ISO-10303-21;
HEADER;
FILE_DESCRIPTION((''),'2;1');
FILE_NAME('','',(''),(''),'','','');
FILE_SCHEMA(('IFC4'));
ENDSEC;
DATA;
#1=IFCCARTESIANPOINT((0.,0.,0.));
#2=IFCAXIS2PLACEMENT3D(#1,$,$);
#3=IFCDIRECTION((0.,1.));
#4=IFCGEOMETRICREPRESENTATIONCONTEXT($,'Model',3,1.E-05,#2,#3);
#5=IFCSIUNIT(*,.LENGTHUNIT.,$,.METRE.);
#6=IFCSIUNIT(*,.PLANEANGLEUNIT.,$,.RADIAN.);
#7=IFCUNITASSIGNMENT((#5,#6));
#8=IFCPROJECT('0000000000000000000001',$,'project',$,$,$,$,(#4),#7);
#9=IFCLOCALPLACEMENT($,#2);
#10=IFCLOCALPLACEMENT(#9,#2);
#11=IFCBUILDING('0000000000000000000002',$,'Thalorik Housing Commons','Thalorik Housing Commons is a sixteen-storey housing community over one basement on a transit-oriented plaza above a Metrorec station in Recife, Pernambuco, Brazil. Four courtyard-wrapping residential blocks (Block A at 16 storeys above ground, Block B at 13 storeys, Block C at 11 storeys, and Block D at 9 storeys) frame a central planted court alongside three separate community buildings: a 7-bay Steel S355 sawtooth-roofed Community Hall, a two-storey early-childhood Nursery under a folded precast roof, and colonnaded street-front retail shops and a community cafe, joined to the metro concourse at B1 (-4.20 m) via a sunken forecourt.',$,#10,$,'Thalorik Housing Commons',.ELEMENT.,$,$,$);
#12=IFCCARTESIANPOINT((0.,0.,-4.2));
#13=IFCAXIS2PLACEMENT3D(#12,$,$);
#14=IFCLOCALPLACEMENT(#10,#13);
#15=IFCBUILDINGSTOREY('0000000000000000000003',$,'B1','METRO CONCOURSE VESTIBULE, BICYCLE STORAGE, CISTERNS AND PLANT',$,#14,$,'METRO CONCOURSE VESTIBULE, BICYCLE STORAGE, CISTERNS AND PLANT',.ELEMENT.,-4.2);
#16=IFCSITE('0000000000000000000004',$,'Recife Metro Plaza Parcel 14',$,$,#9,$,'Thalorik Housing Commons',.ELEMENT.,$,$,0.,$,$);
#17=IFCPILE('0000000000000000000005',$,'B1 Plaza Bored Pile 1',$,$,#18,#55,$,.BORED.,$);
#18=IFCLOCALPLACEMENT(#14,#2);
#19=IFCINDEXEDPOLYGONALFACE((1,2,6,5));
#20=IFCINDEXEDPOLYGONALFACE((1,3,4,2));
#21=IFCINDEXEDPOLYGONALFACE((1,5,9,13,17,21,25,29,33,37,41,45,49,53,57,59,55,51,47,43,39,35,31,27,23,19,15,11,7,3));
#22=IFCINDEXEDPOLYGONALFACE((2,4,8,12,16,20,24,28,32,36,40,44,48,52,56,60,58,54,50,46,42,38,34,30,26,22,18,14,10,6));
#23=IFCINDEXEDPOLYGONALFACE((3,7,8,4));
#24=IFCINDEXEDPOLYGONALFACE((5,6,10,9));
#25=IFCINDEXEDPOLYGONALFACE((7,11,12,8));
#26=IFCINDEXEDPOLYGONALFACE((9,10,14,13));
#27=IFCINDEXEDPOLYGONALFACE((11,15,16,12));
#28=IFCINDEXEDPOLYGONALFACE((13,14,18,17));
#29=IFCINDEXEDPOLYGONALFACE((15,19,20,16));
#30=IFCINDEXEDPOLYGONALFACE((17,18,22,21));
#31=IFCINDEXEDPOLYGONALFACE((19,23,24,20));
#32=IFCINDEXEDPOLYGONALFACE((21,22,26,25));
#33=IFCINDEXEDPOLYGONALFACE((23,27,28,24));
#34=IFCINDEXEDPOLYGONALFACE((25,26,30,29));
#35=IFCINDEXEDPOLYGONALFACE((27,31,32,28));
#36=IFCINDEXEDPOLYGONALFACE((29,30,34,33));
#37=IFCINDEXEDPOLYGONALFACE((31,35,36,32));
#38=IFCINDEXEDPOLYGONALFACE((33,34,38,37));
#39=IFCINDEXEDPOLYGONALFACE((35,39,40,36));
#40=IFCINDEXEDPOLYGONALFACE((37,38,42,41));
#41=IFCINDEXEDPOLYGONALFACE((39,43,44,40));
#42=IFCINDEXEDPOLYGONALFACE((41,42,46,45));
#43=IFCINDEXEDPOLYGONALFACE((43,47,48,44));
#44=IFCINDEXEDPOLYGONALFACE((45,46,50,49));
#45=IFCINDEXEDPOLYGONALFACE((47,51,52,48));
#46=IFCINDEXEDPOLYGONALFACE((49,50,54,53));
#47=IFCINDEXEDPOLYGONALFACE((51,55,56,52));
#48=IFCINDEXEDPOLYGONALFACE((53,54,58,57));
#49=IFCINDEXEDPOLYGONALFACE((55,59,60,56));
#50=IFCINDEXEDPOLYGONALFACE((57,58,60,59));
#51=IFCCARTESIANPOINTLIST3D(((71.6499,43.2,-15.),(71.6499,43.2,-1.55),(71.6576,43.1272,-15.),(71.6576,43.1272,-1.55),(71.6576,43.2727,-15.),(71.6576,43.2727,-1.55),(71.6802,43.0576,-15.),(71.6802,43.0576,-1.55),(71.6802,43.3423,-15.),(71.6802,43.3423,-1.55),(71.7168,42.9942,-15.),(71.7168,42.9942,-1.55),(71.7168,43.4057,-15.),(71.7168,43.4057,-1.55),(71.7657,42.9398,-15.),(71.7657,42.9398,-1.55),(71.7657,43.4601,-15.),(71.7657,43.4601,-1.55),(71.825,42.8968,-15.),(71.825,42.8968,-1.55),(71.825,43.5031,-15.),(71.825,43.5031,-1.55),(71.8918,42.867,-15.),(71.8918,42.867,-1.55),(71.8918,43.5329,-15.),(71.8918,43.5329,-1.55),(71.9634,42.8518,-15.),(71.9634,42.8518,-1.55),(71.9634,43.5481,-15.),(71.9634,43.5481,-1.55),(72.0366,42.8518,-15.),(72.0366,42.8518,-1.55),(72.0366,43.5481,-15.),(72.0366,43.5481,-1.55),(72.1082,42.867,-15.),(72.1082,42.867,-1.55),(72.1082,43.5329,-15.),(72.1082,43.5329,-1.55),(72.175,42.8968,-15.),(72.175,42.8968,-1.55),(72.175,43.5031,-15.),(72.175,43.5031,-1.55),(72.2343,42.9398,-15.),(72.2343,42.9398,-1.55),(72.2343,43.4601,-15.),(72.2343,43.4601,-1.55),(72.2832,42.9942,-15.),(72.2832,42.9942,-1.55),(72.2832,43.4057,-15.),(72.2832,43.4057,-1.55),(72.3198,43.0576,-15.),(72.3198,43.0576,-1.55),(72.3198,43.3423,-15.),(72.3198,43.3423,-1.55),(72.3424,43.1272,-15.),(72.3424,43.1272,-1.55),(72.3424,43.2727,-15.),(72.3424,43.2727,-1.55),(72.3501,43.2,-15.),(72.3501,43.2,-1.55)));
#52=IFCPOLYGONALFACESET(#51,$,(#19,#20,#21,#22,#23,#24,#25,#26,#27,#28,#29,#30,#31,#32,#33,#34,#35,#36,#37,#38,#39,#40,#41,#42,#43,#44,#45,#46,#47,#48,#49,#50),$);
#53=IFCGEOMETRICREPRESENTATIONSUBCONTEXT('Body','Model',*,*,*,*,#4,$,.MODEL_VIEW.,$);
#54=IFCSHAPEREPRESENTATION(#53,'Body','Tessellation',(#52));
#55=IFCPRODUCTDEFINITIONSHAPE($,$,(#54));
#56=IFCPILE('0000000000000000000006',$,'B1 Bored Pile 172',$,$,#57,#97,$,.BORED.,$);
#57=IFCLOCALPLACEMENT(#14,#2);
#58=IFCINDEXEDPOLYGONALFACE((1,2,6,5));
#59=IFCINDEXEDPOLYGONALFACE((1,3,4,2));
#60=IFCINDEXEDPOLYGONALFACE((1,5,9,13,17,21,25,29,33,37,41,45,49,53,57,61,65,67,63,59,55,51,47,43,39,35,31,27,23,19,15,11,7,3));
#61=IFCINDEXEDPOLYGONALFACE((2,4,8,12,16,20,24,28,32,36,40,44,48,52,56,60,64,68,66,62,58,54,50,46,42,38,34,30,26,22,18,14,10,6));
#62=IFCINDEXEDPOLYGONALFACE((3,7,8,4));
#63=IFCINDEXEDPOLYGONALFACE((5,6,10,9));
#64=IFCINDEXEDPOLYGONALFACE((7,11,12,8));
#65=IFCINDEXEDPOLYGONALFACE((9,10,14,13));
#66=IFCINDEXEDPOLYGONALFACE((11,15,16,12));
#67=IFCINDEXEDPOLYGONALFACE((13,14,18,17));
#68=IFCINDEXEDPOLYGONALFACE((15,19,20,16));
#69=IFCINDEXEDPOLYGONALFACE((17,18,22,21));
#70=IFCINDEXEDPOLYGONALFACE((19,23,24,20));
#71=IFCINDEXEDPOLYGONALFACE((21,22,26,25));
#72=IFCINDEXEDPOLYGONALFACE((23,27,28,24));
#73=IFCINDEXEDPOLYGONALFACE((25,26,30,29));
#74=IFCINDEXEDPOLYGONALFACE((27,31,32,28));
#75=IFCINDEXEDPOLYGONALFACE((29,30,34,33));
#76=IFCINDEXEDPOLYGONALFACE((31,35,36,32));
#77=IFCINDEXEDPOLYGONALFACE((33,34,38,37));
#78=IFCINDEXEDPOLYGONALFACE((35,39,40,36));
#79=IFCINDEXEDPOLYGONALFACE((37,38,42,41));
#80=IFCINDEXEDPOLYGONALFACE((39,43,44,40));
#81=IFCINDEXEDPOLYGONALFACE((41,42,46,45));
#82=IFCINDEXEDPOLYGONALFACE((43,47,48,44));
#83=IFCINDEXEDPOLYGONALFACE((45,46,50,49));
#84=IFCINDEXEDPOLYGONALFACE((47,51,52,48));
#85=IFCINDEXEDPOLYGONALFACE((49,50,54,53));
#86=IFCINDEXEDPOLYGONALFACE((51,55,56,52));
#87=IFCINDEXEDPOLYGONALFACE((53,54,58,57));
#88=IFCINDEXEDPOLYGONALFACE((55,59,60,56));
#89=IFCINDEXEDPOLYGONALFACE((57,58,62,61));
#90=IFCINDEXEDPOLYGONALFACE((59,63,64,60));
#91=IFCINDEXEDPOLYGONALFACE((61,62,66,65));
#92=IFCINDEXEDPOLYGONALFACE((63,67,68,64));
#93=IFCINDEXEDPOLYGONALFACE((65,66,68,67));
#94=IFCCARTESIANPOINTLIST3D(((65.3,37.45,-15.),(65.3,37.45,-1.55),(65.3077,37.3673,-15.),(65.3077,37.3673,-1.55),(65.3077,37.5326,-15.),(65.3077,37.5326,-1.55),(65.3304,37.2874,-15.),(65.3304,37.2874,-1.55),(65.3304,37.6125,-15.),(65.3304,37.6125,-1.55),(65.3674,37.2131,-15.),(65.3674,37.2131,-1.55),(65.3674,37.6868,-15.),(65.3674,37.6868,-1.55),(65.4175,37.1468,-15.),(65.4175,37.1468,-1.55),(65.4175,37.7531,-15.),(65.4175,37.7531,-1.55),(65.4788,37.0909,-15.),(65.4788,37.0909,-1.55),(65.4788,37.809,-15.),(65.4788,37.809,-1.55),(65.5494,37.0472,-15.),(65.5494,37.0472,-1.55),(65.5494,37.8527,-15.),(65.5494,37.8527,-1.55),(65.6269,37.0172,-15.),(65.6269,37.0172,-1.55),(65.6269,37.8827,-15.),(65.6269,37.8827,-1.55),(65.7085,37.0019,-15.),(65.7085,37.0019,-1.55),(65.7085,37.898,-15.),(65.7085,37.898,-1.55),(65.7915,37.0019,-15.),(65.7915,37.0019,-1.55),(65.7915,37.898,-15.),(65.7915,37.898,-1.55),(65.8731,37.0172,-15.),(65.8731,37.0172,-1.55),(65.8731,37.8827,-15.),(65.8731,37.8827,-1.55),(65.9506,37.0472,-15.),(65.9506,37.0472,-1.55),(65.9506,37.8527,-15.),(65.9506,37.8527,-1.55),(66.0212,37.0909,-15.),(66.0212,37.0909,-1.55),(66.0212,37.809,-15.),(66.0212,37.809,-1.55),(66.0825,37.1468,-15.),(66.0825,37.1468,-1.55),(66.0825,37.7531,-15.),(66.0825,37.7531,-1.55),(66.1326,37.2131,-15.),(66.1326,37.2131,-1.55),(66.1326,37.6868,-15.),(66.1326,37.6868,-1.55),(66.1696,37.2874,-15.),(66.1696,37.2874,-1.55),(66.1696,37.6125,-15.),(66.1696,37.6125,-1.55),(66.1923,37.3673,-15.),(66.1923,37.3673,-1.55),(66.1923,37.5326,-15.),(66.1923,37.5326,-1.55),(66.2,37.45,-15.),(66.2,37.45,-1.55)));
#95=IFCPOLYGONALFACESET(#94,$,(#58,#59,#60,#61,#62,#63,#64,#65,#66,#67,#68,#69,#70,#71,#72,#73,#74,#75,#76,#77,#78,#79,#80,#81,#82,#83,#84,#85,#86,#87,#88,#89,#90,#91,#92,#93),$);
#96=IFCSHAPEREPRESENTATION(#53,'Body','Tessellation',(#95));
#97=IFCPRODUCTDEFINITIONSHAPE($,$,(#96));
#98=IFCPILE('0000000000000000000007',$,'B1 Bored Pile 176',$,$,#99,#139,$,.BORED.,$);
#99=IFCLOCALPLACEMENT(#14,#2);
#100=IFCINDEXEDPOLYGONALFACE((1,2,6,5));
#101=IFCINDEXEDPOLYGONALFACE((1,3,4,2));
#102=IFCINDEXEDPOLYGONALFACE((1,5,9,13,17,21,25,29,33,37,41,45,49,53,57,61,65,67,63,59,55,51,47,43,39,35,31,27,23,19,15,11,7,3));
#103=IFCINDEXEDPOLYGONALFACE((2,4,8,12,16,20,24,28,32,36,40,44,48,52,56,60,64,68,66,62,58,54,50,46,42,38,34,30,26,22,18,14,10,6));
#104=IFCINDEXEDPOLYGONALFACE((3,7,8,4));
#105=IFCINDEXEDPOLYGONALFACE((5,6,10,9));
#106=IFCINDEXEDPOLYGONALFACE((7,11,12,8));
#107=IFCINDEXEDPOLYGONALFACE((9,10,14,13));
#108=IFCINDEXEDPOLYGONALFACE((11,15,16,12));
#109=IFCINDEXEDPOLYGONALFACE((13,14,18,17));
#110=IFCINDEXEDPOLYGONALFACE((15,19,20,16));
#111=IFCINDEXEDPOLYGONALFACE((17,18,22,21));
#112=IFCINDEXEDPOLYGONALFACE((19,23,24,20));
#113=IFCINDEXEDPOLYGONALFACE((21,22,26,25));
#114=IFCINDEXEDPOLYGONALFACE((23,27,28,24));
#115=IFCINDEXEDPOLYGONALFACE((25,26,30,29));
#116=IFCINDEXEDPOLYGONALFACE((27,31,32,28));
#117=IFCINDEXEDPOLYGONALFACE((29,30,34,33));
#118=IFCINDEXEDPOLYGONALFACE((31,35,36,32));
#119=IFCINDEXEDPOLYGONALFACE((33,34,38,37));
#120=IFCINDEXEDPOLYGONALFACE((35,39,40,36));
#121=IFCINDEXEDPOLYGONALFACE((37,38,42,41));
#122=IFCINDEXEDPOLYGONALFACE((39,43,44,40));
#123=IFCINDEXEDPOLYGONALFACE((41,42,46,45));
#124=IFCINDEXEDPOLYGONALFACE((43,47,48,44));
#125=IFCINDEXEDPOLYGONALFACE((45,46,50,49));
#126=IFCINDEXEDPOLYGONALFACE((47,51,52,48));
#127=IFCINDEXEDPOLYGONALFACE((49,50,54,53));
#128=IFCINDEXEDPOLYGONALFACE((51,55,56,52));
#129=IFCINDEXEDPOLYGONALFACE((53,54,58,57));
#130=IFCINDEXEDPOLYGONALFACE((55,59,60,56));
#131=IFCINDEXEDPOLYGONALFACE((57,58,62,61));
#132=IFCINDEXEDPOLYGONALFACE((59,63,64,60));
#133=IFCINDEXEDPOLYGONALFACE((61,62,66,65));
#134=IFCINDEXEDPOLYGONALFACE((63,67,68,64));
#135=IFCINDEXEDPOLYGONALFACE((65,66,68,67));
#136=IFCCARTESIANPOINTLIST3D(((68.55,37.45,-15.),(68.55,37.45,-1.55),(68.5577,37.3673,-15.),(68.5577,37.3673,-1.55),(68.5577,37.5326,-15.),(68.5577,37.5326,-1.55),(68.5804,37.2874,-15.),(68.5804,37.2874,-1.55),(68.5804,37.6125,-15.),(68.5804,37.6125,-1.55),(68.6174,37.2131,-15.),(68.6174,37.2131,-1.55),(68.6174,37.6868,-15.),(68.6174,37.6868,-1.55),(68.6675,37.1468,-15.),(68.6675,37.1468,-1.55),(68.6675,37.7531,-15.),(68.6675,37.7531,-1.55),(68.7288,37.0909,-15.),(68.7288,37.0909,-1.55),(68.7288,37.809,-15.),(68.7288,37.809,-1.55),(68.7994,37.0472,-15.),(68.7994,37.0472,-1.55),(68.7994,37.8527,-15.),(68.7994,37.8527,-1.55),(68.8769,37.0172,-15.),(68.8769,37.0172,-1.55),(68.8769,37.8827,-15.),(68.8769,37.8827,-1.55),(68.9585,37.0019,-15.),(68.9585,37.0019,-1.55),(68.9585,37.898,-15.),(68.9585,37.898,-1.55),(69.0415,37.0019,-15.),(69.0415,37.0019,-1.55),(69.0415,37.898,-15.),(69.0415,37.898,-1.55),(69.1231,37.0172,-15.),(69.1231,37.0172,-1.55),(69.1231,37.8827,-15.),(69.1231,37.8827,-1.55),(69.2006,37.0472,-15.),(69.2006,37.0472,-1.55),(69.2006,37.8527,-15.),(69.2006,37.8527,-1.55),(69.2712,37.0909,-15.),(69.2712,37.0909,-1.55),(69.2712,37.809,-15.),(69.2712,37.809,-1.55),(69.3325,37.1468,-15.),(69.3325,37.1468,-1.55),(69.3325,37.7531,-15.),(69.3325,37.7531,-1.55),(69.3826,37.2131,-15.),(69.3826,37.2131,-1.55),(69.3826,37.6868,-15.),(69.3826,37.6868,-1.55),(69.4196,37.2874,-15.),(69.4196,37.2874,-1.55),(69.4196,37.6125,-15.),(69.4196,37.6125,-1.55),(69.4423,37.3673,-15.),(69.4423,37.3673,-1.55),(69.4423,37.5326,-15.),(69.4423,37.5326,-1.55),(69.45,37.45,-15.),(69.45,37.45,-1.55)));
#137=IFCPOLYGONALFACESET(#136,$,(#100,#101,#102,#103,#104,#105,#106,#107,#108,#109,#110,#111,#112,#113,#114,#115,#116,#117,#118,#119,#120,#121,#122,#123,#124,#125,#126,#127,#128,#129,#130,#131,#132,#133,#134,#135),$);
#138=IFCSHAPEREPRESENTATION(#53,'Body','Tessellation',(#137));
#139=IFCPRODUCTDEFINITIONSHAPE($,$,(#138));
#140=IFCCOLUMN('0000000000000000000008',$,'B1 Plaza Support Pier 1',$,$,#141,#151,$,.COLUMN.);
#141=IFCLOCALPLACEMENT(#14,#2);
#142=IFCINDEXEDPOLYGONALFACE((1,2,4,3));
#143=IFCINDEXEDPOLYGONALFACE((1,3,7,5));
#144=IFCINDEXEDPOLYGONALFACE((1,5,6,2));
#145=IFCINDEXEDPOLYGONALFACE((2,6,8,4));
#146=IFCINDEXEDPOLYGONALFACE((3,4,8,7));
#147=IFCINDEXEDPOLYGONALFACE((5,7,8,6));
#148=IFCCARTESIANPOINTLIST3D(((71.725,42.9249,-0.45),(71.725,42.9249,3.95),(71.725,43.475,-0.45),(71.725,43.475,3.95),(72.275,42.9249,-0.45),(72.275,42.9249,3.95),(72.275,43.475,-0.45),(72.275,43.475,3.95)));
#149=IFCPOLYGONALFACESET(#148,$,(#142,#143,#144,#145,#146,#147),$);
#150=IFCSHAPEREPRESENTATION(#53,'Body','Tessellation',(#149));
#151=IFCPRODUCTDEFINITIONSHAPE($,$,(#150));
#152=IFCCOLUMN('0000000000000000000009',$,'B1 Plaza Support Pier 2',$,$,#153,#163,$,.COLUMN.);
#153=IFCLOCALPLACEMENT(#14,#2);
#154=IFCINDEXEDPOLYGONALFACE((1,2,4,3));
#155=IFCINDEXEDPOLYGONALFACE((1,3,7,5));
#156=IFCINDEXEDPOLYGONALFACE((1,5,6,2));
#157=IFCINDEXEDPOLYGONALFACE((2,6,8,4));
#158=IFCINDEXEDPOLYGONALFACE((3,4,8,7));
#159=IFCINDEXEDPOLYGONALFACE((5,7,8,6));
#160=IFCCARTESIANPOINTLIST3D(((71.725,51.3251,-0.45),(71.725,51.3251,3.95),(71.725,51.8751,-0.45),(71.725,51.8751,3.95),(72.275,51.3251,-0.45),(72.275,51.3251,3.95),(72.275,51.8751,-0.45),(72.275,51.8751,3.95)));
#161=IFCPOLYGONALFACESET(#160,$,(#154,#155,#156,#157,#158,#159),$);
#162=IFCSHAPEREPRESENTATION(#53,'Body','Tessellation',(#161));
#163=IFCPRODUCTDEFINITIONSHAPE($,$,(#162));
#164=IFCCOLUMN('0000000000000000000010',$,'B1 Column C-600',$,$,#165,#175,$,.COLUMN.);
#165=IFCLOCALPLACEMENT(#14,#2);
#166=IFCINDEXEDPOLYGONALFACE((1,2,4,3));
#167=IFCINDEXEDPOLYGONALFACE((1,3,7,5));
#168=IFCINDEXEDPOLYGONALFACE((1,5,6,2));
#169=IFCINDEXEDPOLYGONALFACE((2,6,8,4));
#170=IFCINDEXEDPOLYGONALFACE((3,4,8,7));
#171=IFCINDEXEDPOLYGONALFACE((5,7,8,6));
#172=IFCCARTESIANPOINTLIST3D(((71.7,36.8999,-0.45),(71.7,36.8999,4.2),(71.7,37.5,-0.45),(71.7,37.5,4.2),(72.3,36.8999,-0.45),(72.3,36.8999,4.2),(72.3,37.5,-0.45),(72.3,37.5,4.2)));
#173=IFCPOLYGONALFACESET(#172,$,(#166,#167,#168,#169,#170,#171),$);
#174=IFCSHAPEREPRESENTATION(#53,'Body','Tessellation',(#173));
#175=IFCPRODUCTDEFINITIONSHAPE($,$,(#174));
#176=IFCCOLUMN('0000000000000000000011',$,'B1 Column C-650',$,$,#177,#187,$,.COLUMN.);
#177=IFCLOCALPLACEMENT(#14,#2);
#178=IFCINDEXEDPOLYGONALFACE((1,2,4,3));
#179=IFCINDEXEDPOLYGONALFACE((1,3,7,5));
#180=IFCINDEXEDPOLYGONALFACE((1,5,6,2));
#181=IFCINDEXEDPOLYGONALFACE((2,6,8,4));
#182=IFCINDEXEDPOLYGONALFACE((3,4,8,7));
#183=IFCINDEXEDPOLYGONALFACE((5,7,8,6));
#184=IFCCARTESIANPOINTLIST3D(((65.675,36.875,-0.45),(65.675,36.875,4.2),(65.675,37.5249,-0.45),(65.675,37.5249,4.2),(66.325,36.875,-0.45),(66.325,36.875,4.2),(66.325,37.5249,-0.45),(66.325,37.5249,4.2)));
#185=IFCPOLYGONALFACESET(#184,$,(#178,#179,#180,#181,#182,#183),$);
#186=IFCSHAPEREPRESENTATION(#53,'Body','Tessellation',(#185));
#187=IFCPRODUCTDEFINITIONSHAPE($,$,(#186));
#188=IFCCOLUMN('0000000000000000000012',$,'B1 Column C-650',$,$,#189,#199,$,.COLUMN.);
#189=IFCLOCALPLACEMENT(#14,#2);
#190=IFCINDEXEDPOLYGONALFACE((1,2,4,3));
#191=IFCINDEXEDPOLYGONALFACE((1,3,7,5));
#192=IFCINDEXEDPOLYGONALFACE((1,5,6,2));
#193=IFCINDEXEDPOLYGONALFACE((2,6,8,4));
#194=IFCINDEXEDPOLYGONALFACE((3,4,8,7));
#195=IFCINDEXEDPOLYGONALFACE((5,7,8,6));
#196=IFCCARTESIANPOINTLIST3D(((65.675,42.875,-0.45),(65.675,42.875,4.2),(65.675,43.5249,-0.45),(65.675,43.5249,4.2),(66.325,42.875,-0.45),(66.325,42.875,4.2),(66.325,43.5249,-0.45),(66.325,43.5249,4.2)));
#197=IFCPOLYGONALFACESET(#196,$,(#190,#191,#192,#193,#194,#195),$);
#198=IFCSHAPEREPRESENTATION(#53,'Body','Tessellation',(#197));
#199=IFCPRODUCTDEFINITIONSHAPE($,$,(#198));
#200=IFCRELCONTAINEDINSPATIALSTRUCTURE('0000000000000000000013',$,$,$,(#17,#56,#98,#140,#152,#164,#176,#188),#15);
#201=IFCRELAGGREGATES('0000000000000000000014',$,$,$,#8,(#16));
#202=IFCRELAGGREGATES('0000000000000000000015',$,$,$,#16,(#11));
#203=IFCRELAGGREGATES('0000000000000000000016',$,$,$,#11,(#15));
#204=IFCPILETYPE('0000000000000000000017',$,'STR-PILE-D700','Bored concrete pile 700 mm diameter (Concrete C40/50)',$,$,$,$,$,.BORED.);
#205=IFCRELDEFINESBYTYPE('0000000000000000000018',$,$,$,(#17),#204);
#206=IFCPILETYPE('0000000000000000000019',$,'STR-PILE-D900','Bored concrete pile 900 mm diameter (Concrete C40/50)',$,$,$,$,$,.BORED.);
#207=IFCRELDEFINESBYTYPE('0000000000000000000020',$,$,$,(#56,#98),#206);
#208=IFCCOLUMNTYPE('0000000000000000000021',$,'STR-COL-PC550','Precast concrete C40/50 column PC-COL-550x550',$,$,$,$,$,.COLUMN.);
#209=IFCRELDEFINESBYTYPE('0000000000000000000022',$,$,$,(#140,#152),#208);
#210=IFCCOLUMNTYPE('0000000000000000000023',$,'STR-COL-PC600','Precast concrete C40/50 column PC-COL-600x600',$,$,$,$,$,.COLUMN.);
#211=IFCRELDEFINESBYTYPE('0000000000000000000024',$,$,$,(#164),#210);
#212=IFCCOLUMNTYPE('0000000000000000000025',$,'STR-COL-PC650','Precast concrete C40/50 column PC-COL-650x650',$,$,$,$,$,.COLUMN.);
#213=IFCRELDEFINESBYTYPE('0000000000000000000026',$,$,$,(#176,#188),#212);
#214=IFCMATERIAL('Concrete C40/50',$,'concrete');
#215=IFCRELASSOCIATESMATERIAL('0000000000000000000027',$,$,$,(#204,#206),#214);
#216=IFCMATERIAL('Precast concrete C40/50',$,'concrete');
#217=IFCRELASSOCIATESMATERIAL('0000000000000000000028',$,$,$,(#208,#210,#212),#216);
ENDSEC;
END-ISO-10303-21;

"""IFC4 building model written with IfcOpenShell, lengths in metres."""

from ifc_helpers import new_model, si_unit, direction, frame, origin, origin_2d, place, context, subcontext, project, spatial, rectangle, circle, extrude, material, material_profile, profile_set, type_object, element, save


model = new_model("IFC4")

# Units and contexts
model_context = context("Model", 3, precision=1e-05, world=origin(), true_north=direction((0.0, 1.0)))
body_context = subcontext(model_context, "Body", "Model", "MODEL_VIEW")
ifc_project = project(units=[si_unit("LENGTHUNIT", "METRE"), si_unit("PLANEANGLEUNIT", "RADIAN")], contexts=[model_context])

# Site, building, storey
site_placement = place(None, origin())
site = spatial("IfcSite", under=ifc_project, at=site_placement, Name="Recife Metro Plaza Parcel 14", LongName="Thalorik Housing Commons", CompositionType="ELEMENT", RefElevation=0.0)
building_placement = place(site_placement, origin())
building = spatial("IfcBuilding", under=site, at=building_placement, Name="Thalorik Housing Commons", Description="Thalorik Housing Commons is a sixteen-storey housing community over one basement on a transit-oriented plaza above a Metrorec station in Recife, Pernambuco, Brazil. Four courtyard-wrapping residential blocks (Block A at 16 storeys above ground, Block B at 13 storeys, Block C at 11 storeys, and Block D at 9 storeys) frame a central planted court alongside three separate community buildings: a 7-bay Steel S355 sawtooth-roofed Community Hall, a two-storey early-childhood Nursery under a folded precast roof, and colonnaded street-front retail shops and a community cafe, joined to the metro concourse at B1 (-4.20 m) via a sunken forecourt.", LongName="Thalorik Housing Commons", CompositionType="ELEMENT")
storey_placement = place(building_placement, frame((0.0, 0.0, -4.2)))
storey = spatial("IfcBuildingStorey", under=building, at=storey_placement, Name="B1", Description="METRO CONCOURSE VESTIBULE, BICYCLE STORAGE, CISTERNS AND PLANT", LongName="METRO CONCOURSE VESTIBULE, BICYCLE STORAGE, CISTERNS AND PLANT", CompositionType="ELEMENT", Elevation=-4.2)

# Shared definitions
ifc_material_1 = material(Name="Concrete C40/50", Category="concrete")

# Piles
ifc_material_profile_1 = material_profile(ifc_material_1, circle(Radius=0.3501, at=origin_2d()), Name="BORED PILE D700", Category="concrete")
ifc_profile_set_1 = profile_set([ifc_material_profile_1], Name="Concrete C40/50")
pile_type_1 = type_object("IfcPileType", Name="STR-PILE-D700", Description="Bored concrete pile 700 mm diameter (Concrete C40/50)", PredefinedType="BORED", material=ifc_profile_set_1)
pile_placement = place(storey_placement, frame((72.0, 43.2, -1.55), z_axis=(0.0, 0.0, -1.0), x_axis=(1.0, 0.0, 0.0)))
element("IfcPile", 1, at=pile_placement, inside=storey, type_object=pile_type_1, Name="B1 Plaza Bored Pile 1", PredefinedType="BORED", context=body_context, shape_type="SweptSolid", body=[
    extrude(circle(Radius=0.3501, at=origin_2d()), origin(), (0.0, 0.0, 1.0), 13.45),
])
ifc_material_profile_2 = material_profile(ifc_material_1, circle(Radius=0.45, at=origin_2d()), Name="BORED PILE D900", Category="concrete")
ifc_profile_set_2 = profile_set([ifc_material_profile_2], Name="Concrete C40/50")
pile_type_2 = type_object("IfcPileType", Name="STR-PILE-D900", Description="Bored concrete pile 900 mm diameter (Concrete C40/50)", PredefinedType="BORED", material=ifc_profile_set_2)
for number, where, z_axis, x_axis, name in (
    (2, (65.75, 37.45, -1.55), (0.0, 0.0, -1.0), (1.0, 0.0, 0.0), "B1 Bored Pile 172"),
    (3, (69.0, 37.45, -1.55), (0.0, 0.0, -1.0), (1.0, 0.0, 0.0), "B1 Bored Pile 176"),
):
    element("IfcPile", number, at=place(storey_placement, frame(where, z_axis=z_axis, x_axis=x_axis)), inside=storey, type_object=pile_type_2, Name=name, PredefinedType="BORED", context=body_context, shape_type="SweptSolid", body=[
        extrude(circle(Radius=0.45, at=origin_2d()), origin(), (0.0, 0.0, 1.0), 13.45),
    ])

# Columns
ifc_material_2 = material(Name="Precast concrete C40/50", Category="concrete")
ifc_material_profile_3 = material_profile(ifc_material_2, rectangle(XDim=0.55, YDim=0.55, at=origin_2d()), Name="PC 550x550", Category="concrete")
ifc_profile_set_3 = profile_set([ifc_material_profile_3], Name="Precast concrete C40/50")
column_type_1 = type_object("IfcColumnType", Name="STR-COL-PC550", Description="Precast concrete C40/50 column PC-COL-550x550", PredefinedType="COLUMN", material=ifc_profile_set_3)
for number, where, z_axis, x_axis, name in (
    (4, (72.0, 43.2, -0.45), (0.0, 0.0, 1.0), (1.0, 0.0, 0.0), "B1 Plaza Support Pier 1"),
    (5, (72.0, 51.6001, -0.45), (0.0, 0.0, 1.0), (1.0, 0.0, 0.0), "B1 Plaza Support Pier 2"),
):
    element("IfcColumn", number, at=place(storey_placement, frame(where, z_axis=z_axis, x_axis=x_axis)), inside=storey, type_object=column_type_1, Name=name, PredefinedType="COLUMN", context=body_context, shape_type="SweptSolid", body=[
        extrude(rectangle(XDim=0.55, YDim=0.55, at=origin_2d()), origin(), (0.0, 0.0, 1.0), 4.3999),
    ])
ifc_material_profile_4 = material_profile(ifc_material_2, rectangle(XDim=0.6001, YDim=0.6001, at=origin_2d()), Name="PC 600x600", Category="concrete")
ifc_profile_set_4 = profile_set([ifc_material_profile_4], Name="Precast concrete C40/50")
column_type_2 = type_object("IfcColumnType", Name="STR-COL-PC600", Description="Precast concrete C40/50 column PC-COL-600x600", PredefinedType="COLUMN", material=ifc_profile_set_4)
column_placement = place(storey_placement, frame((72.0, 37.2, -0.45), z_axis=(0.0, 0.0, 1.0), x_axis=(1.0, 0.0, 0.0)))
element("IfcColumn", 6, at=column_placement, inside=storey, type_object=column_type_2, Name="B1 Column C-600", PredefinedType="COLUMN", context=body_context, shape_type="SweptSolid", body=[
    extrude(rectangle(XDim=0.6001, YDim=0.6001, at=origin_2d()), origin(), (0.0, 0.0, 1.0), 4.6499),
])
ifc_material_profile_5 = material_profile(ifc_material_2, rectangle(XDim=0.6499, YDim=0.6499, at=origin_2d()), Name="PC 650x650", Category="concrete")
ifc_profile_set_5 = profile_set([ifc_material_profile_5], Name="Precast concrete C40/50")
column_type_3 = type_object("IfcColumnType", Name="STR-COL-PC650", Description="Precast concrete C40/50 column PC-COL-650x650", PredefinedType="COLUMN", material=ifc_profile_set_5)
for number, where, z_axis, x_axis, name in (
    (7, (66.0, 37.2, -0.45), (0.0, 0.0, 1.0), (1.0, 0.0, 0.0), "B1 Column C-650"),
    (8, (66.0, 43.2, -0.45), (0.0, 0.0, 1.0), (1.0, 0.0, 0.0), "B1 Column C-650"),
):
    element("IfcColumn", number, at=place(storey_placement, frame(where, z_axis=z_axis, x_axis=x_axis)), inside=storey, type_object=column_type_3, Name=name, PredefinedType="COLUMN", context=body_context, shape_type="SweptSolid", body=[
        extrude(rectangle(XDim=0.6499, YDim=0.6499, at=origin_2d()), origin(), (0.0, 0.0, 1.0), 4.6499),
    ])

save(model, "model.ifc")
